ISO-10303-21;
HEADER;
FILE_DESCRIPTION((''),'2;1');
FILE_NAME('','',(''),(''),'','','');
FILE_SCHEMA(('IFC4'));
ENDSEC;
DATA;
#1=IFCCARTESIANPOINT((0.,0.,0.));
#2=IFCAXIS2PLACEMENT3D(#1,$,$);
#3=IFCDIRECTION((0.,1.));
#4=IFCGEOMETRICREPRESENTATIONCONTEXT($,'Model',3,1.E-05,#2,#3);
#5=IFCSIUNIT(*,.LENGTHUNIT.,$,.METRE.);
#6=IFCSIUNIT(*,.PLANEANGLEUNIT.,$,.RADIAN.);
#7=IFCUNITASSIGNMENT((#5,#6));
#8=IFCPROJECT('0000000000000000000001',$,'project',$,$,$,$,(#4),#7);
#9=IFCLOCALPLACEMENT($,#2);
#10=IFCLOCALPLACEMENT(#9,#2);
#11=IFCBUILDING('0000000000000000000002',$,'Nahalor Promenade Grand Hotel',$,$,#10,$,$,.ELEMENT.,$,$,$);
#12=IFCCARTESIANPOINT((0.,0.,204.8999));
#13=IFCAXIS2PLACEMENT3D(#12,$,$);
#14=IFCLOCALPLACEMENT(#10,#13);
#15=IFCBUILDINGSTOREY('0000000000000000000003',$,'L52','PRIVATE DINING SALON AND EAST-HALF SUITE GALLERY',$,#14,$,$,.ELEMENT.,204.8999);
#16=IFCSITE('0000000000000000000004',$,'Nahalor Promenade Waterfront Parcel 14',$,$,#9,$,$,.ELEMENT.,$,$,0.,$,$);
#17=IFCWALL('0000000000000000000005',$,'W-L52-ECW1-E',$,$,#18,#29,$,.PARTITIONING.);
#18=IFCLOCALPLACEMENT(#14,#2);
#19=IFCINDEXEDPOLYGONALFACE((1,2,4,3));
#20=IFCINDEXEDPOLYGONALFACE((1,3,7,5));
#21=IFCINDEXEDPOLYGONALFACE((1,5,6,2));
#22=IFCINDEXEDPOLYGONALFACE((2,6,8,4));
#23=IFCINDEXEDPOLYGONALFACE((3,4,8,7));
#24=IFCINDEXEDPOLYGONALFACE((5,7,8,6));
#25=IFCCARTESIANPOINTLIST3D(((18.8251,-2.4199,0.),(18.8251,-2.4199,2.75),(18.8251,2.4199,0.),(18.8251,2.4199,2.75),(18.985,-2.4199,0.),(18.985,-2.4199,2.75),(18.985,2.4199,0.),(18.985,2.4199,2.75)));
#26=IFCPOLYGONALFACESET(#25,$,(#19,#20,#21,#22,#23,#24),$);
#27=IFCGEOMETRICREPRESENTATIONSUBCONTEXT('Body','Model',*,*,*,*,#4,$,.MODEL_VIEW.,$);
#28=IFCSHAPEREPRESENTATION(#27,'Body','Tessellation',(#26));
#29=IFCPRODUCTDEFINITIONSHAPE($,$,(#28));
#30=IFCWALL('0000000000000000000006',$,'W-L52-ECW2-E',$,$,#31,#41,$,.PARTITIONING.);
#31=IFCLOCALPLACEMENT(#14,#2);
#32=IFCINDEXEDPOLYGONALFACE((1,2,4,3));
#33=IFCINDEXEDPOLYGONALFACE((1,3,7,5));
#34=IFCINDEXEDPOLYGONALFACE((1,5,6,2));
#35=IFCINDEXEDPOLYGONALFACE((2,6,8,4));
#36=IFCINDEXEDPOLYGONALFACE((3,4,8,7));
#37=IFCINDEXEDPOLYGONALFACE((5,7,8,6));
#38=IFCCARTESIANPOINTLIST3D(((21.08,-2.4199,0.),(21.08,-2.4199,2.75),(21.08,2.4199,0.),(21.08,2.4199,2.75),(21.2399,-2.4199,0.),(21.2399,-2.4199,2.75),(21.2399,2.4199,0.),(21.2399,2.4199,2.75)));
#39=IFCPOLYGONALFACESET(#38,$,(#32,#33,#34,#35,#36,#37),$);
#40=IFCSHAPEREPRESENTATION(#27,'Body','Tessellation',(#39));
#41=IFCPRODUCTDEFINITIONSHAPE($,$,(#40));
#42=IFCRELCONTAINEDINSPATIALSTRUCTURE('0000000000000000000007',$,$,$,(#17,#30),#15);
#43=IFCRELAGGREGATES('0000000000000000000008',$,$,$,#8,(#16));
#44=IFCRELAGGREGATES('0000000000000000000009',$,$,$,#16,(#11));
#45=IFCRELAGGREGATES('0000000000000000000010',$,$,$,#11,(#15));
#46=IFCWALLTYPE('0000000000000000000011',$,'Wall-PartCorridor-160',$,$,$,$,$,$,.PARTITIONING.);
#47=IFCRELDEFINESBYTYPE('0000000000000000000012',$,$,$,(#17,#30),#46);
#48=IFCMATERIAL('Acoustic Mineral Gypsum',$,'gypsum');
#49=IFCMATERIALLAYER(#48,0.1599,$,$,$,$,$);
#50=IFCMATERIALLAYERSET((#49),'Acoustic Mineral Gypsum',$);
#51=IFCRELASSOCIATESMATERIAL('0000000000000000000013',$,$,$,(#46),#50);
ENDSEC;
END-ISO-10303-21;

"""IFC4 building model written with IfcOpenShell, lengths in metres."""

from ifc_helpers import new_model, si_unit, direction, frame, frame_2d, origin, place, context, subcontext, project, spatial, rectangle, extrude, source, transform, mapped, material, layer, layer_set, type_object, element, save


model = new_model("IFC4")

# Units and contexts
model_context = context("Model", 3, precision=1e-05, world=origin(), true_north=direction((0.0, 1.0)))
body_context = subcontext(model_context, "Body", "Model", "MODEL_VIEW")
ifc_project = project(units=[si_unit("LENGTHUNIT", "METRE"), si_unit("PLANEANGLEUNIT", "RADIAN")], contexts=[model_context])

# Site, building, storey
site_placement = place(None, origin())
site = spatial("IfcSite", under=ifc_project, at=site_placement, Name="Nahalor Promenade Waterfront Parcel 14", CompositionType="ELEMENT", RefElevation=0.0)
building_placement = place(site_placement, origin())
building = spatial("IfcBuilding", under=site, at=building_placement, Name="Nahalor Promenade Grand Hotel", CompositionType="ELEMENT")
storey_placement = place(building_placement, frame((0.0, 0.0, 204.8999)))
storey = spatial("IfcBuildingStorey", under=building, at=storey_placement, Name="L52", Description="PRIVATE DINING SALON AND EAST-HALF SUITE GALLERY", CompositionType="ELEMENT", Elevation=204.8999)

# Shared definitions
ifc_material_1 = material(Name="Acoustic Mineral Gypsum", Category="gypsum")
ifc_layer_1 = layer(ifc_material_1, 0.1599)
ifc_layer_set_1 = layer_set([ifc_layer_1], Name="Acoustic Mineral Gypsum")
wall_type = type_object("IfcWallType", Name="Wall-PartCorridor-160", PredefinedType="PARTITIONING", material=ifc_layer_set_1)

# Walls
shared_shape_1 = source(origin(), body_context, "Body", "SweptSolid", [
    extrude(rectangle(XDim=4.8398, YDim=0.1599, at=frame_2d((2.4199, 0.0))), origin(), (0.0, 0.0, 1.0), 2.75),
])
for number, where, z_axis, x_axis, name in (
    (1, (18.905, -2.4199, 0.0), (0.0, 0.0, 1.0), (0.0, 1.0, 0.0), "W-L52-ECW1-E"),
    (2, (21.1599, -2.4199, 0.0), (0.0, 0.0, 1.0), (0.0, 1.0, 0.0), "W-L52-ECW2-E"),
):
    element("IfcWall", number, at=place(storey_placement, frame(where, z_axis=z_axis, x_axis=x_axis)), inside=storey, type_object=wall_type, Name=name, PredefinedType="PARTITIONING", context=body_context, shape_type="MappedRepresentation", body=[
        mapped(shared_shape_1, transform((0.0, 0.0, 0.0), scale=1.0)),
    ])

save(model, "model.ifc")
